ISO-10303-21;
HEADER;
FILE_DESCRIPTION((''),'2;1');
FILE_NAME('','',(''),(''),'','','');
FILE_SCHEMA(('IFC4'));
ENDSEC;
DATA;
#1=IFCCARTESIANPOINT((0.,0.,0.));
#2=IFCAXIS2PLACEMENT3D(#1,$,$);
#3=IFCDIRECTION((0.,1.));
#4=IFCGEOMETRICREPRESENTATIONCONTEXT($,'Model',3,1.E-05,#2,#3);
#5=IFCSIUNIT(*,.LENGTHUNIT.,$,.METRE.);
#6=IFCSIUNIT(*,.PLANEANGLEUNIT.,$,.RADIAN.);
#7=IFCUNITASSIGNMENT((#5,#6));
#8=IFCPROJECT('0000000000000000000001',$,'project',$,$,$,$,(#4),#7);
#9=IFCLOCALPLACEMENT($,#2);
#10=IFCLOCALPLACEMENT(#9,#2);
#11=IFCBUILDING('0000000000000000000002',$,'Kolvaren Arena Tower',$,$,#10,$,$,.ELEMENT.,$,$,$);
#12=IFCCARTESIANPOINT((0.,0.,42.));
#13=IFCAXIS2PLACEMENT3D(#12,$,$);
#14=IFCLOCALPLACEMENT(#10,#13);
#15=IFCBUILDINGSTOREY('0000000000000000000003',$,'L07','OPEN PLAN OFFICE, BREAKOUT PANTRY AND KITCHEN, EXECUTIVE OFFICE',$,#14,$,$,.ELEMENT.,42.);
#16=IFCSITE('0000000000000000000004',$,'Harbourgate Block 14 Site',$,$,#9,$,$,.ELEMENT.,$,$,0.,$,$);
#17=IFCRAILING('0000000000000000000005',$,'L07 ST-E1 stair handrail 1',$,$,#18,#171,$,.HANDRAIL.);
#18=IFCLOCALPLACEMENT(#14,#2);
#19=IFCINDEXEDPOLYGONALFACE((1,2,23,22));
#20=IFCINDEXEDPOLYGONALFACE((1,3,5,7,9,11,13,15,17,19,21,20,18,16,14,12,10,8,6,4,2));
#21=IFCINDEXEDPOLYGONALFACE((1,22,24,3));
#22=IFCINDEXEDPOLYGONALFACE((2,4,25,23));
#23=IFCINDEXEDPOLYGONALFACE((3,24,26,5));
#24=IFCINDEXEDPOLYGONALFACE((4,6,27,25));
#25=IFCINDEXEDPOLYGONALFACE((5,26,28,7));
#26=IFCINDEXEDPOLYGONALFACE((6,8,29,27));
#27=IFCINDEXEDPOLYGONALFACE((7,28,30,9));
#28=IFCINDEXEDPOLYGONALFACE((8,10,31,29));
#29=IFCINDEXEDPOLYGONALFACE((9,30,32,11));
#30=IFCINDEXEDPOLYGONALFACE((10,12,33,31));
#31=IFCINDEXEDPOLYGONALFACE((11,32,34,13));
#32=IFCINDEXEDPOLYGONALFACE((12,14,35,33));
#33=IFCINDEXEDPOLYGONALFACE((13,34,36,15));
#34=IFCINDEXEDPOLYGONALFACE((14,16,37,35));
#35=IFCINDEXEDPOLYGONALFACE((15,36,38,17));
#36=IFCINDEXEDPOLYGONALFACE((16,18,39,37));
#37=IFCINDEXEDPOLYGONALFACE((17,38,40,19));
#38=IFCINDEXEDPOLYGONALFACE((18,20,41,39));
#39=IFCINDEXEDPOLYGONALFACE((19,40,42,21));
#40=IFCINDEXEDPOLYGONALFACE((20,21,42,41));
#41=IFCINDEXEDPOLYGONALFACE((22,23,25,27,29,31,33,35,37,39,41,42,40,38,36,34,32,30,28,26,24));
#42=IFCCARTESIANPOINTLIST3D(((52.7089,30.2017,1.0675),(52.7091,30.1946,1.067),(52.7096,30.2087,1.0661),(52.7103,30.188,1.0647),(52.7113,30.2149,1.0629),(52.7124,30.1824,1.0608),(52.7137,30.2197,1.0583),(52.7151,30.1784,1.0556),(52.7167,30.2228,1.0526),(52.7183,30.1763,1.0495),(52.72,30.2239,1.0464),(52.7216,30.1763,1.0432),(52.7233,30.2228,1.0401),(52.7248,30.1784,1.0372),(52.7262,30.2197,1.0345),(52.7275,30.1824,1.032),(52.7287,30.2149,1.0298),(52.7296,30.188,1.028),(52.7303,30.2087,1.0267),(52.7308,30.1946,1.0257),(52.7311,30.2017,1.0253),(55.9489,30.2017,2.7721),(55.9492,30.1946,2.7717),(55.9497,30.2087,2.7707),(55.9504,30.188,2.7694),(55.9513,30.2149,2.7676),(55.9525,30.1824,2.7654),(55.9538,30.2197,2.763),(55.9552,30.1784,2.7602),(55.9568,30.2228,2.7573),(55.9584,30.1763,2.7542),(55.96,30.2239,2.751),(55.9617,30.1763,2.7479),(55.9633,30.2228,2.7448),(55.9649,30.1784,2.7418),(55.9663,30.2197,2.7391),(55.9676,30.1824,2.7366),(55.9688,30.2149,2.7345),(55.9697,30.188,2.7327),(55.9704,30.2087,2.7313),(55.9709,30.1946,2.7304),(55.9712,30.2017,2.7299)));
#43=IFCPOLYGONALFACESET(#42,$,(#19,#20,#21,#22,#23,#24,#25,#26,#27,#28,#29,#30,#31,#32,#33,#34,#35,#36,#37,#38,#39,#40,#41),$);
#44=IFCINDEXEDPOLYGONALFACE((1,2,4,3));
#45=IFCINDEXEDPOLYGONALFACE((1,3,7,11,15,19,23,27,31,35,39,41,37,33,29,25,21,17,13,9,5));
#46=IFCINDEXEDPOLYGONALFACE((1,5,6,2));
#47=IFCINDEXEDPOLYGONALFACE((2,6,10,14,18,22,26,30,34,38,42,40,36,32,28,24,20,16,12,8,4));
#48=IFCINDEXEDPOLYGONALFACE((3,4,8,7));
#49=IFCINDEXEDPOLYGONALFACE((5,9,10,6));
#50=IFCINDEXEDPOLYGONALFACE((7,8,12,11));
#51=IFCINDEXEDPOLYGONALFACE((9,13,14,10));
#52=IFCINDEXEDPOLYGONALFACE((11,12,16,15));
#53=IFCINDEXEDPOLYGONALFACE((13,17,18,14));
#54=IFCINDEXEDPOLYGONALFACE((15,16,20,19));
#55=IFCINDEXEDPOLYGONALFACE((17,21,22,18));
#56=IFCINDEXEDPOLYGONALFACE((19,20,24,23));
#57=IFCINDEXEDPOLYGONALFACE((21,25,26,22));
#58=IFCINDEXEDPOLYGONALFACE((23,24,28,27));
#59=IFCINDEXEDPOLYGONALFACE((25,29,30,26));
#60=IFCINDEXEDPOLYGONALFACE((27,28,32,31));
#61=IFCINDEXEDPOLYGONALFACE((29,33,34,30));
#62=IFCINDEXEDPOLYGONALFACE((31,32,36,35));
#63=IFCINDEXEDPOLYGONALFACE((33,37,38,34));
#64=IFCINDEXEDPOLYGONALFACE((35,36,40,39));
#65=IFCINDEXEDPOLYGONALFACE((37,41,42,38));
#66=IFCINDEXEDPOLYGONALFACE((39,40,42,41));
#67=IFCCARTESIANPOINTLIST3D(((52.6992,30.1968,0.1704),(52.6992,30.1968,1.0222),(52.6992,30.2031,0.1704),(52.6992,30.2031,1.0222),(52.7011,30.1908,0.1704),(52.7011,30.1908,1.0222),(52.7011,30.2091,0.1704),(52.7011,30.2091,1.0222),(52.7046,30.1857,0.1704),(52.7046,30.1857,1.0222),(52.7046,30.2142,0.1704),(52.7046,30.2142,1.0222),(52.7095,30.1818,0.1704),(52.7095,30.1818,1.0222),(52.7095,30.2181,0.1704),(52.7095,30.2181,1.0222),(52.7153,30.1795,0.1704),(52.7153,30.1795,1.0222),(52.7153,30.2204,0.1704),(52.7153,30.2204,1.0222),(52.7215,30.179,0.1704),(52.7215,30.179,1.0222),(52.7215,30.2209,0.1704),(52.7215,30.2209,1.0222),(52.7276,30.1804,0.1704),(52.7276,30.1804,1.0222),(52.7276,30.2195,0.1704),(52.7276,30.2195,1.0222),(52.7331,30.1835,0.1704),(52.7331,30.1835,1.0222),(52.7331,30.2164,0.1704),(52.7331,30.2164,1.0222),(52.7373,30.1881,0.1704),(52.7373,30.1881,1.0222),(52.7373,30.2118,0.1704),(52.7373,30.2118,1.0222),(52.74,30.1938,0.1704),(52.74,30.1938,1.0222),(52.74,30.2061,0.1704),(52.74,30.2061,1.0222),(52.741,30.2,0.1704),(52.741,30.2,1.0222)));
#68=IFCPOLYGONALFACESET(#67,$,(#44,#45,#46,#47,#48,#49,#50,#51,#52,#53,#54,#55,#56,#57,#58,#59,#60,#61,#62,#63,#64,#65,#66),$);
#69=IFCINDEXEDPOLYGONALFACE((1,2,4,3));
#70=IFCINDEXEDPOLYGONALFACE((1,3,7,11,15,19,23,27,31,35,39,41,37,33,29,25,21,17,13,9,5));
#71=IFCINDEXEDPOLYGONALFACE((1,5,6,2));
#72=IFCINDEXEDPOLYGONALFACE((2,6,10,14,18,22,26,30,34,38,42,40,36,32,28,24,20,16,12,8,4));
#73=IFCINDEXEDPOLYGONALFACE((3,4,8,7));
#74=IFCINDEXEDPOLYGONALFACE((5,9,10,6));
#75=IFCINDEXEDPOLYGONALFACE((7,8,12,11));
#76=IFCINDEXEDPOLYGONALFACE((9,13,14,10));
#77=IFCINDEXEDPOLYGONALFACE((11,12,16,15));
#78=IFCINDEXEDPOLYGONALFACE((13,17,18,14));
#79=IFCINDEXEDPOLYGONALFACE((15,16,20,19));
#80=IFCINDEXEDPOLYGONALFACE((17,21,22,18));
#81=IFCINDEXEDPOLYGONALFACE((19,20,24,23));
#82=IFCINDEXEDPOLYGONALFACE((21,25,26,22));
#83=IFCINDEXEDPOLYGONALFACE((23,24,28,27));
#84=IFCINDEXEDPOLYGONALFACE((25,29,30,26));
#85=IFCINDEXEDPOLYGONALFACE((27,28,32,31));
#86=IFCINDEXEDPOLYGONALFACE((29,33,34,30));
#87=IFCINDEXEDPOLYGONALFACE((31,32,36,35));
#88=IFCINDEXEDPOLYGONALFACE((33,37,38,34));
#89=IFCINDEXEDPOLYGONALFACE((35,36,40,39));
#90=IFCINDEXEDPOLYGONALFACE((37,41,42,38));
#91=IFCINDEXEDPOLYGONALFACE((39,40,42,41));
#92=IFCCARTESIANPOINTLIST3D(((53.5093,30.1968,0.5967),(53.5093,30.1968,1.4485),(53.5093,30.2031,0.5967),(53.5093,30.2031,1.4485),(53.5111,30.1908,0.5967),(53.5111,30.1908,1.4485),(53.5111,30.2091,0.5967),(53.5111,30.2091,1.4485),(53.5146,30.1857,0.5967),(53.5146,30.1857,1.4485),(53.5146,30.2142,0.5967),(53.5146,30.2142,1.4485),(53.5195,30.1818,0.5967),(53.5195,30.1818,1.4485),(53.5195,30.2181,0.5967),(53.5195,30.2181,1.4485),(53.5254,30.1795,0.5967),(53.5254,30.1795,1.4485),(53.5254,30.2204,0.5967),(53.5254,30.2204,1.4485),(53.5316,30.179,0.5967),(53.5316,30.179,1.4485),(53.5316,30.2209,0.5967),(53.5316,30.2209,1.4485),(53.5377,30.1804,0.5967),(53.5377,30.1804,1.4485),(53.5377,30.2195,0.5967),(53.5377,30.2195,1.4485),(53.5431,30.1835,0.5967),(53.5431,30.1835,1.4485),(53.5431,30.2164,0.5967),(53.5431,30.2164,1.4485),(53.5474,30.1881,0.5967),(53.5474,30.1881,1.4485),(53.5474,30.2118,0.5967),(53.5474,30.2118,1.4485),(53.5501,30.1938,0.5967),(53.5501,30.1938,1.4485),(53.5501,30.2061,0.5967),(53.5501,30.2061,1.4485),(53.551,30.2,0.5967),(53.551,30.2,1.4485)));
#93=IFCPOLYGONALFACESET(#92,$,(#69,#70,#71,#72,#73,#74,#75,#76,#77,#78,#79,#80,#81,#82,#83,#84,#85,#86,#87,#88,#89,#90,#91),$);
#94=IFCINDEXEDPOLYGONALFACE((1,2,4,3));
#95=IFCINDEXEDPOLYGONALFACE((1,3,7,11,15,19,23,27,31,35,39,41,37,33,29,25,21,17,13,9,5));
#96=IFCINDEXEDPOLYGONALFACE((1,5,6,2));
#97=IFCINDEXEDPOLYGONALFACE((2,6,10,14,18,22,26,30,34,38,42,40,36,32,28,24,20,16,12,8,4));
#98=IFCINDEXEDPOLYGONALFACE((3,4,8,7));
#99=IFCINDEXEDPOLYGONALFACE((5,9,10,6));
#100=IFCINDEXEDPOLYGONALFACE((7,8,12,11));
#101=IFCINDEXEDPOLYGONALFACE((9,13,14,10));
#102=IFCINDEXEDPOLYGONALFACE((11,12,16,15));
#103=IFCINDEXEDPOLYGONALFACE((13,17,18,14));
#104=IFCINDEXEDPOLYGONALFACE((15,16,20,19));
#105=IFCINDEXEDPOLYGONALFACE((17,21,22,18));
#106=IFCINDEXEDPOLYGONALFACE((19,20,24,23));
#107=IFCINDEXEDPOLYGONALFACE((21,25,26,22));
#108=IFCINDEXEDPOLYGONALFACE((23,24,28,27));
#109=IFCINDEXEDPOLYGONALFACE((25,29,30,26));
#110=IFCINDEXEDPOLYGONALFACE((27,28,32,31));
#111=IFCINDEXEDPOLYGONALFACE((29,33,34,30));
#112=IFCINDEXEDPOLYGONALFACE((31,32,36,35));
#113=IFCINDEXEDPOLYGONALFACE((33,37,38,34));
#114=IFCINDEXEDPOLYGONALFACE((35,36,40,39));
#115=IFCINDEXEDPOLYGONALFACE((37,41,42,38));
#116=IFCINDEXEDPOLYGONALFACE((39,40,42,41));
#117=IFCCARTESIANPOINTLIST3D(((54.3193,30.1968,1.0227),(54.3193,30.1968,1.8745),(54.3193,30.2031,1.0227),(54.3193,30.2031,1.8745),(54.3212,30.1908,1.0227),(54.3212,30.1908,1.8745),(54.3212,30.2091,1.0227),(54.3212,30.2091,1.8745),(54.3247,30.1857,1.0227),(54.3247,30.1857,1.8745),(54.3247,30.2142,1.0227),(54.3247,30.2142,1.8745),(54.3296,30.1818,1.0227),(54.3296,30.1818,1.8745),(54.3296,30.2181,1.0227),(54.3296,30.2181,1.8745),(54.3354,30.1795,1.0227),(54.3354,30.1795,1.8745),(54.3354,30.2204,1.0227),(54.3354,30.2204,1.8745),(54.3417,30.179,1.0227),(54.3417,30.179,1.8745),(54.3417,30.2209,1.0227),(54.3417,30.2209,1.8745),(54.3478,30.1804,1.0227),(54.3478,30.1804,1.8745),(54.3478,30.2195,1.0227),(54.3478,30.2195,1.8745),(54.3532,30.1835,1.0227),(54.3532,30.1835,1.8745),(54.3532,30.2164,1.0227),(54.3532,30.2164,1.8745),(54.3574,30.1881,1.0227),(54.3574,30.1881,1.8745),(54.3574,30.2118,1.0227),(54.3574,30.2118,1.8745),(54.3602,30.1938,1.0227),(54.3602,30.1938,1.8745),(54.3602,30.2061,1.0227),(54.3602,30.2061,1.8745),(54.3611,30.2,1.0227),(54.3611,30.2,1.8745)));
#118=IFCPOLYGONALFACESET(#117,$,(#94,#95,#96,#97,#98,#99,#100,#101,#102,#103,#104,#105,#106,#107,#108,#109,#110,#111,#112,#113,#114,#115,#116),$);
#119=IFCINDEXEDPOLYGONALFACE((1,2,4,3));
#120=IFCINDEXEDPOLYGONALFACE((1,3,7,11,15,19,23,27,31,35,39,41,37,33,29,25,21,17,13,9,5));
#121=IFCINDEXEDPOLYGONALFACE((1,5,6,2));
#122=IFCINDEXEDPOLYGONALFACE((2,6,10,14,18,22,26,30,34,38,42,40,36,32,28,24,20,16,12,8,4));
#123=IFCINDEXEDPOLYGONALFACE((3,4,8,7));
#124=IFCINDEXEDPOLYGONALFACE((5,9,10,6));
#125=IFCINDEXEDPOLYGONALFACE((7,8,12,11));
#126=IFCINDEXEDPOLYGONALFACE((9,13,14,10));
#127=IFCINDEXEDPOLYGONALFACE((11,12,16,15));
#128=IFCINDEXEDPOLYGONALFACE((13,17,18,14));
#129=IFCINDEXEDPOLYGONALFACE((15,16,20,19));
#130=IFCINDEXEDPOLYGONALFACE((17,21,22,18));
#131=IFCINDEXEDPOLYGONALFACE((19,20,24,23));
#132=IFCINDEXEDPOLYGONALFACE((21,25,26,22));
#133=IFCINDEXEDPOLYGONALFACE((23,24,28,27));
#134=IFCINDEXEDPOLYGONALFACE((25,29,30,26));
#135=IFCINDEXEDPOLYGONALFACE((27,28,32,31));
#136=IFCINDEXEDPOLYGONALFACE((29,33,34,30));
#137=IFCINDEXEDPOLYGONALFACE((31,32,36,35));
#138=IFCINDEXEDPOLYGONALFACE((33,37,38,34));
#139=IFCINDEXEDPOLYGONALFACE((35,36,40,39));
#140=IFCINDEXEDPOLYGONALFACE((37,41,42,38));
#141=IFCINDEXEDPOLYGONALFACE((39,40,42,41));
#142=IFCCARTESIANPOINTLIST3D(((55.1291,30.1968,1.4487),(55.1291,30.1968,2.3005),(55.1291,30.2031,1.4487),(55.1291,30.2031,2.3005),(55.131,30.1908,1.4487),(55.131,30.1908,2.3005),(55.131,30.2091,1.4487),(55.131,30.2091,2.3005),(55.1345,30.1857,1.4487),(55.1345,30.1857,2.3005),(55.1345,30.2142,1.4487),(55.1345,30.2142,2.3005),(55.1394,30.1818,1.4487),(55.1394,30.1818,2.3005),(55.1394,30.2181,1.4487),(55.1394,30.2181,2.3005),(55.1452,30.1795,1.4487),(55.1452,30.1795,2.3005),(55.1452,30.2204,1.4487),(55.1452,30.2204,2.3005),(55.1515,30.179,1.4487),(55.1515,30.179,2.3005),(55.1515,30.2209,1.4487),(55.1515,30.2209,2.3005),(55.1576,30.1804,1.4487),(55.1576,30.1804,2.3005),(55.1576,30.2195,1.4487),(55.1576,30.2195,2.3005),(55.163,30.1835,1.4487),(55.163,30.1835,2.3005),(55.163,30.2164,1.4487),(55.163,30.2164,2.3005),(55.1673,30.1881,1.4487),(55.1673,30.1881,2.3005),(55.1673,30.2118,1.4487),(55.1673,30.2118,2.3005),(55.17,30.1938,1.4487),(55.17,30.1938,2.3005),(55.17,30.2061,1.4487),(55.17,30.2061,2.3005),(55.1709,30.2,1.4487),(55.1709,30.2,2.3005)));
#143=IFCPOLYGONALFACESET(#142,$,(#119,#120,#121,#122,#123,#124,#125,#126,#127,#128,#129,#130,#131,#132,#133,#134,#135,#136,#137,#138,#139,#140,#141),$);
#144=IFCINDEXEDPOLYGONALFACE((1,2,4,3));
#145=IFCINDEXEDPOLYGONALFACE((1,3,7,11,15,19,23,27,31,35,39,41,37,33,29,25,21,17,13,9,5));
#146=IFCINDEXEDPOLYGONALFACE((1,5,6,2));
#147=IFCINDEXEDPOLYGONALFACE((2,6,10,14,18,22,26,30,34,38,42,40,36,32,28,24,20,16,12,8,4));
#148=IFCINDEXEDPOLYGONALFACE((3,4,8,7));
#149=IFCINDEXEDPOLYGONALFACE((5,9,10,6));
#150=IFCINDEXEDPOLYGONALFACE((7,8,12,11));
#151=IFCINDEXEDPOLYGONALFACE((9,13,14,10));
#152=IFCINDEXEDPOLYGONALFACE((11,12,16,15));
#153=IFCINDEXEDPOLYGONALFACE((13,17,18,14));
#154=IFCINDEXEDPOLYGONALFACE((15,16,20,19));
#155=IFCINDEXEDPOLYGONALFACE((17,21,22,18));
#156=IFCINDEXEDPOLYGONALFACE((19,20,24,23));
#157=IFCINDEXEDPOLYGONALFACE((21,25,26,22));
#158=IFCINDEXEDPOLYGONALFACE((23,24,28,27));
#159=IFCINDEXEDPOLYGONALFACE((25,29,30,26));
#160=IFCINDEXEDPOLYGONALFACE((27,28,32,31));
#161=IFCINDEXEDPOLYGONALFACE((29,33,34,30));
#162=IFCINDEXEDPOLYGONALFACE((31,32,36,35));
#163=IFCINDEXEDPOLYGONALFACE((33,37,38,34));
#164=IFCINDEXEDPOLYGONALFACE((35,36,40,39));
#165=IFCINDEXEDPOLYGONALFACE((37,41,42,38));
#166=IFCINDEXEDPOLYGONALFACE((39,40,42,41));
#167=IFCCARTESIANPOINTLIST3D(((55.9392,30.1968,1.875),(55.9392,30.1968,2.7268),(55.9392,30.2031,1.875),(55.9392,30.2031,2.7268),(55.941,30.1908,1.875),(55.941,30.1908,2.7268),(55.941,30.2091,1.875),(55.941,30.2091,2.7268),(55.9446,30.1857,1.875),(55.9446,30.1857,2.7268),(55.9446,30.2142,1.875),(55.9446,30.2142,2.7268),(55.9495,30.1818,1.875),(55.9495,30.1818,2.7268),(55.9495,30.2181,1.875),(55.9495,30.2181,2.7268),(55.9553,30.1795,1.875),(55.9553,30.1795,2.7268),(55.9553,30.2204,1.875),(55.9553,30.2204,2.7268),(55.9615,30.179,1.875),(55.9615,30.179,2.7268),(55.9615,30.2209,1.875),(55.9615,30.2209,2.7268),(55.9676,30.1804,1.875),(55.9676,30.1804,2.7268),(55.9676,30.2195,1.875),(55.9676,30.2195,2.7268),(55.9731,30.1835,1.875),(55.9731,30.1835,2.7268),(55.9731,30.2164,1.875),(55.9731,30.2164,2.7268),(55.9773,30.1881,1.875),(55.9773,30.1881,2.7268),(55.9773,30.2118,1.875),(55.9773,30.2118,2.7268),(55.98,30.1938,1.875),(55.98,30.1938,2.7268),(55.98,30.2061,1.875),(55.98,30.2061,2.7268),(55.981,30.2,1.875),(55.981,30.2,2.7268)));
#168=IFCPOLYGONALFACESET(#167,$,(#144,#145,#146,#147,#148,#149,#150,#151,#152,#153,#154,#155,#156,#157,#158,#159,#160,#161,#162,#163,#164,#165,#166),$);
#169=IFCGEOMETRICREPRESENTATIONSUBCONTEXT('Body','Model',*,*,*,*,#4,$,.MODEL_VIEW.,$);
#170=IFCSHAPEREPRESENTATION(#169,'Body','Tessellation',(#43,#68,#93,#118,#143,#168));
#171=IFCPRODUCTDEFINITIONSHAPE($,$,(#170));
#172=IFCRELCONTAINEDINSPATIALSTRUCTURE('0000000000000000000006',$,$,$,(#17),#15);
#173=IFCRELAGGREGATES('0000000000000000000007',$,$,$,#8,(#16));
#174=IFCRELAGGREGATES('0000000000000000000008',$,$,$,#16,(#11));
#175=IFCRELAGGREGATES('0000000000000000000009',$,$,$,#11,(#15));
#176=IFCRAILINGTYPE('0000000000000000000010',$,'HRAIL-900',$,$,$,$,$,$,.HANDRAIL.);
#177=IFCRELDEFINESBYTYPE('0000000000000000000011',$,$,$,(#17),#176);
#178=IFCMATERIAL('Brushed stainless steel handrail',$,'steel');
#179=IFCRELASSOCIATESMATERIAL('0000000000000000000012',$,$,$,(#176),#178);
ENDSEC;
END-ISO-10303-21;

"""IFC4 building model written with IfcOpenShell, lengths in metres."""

from ifc_helpers import new_model, si_unit, direction, frame, origin, origin_2d, place, context, subcontext, project, spatial, circle, extrude, material, type_object, element, save


model = new_model("IFC4")

# Units and contexts
model_context = context("Model", 3, precision=1e-05, world=origin(), true_north=direction((0.0, 1.0)))
body_context = subcontext(model_context, "Body", "Model", "MODEL_VIEW")
ifc_project = project(units=[si_unit("LENGTHUNIT", "METRE"), si_unit("PLANEANGLEUNIT", "RADIAN")], contexts=[model_context])

# Site, building, storey
site_placement = place(None, origin())
site = spatial("IfcSite", under=ifc_project, at=site_placement, Name="Harbourgate Block 14 Site", CompositionType="ELEMENT", RefElevation=0.0)
building_placement = place(site_placement, origin())
building = spatial("IfcBuilding", under=site, at=building_placement, Name="Kolvaren Arena Tower", CompositionType="ELEMENT")
storey_placement = place(building_placement, frame((0.0, 0.0, 42.0)))
storey = spatial("IfcBuildingStorey", under=building, at=storey_placement, Name="L07", Description="OPEN PLAN OFFICE, BREAKOUT PANTRY AND KITCHEN, EXECUTIVE OFFICE", CompositionType="ELEMENT", Elevation=42.0)

# Railing
ifc_material_1 = material(Name="Brushed stainless steel handrail", Category="steel")
railing_type_1 = type_object("IfcRailingType", Name="HRAIL-900", PredefinedType="HANDRAIL", material=ifc_material_1)
for number, where, name in (
    (1, (52.72, 30.2, 0.1704), "L07 ST-E1 stair handrail 1"),
):
    element("IfcRailing", number, at=place(storey_placement, frame(where)), inside=storey, type_object=railing_type_1, Name=name, PredefinedType="HANDRAIL", context=body_context, shape_type="SweptSolid", body=[
        extrude(circle(Radius=0.0239, at=origin_2d()), frame((0.0, 0.0, 0.876), z_axis=(0.884993, 0.0, 0.465604), x_axis=(0.0, 1.0, 0.0)), (0.0, 0.0, 1.0), 3.6611),
        extrude(circle(Radius=0.021, at=origin_2d()), origin(), (0.0, 0.0, 1.0), 0.8518),
        extrude(circle(Radius=0.021, at=origin_2d()), frame((0.8101, 0.0, 0.4263)), (0.0, 0.0, 1.0), 0.8518),
        extrude(circle(Radius=0.021, at=origin_2d()), frame((1.6201, 0.0, 0.8523)), (0.0, 0.0, 1.0), 0.8518),
        extrude(circle(Radius=0.021, at=origin_2d()), frame((2.4299, 0.0, 1.2783)), (0.0, 0.0, 1.0), 0.8518),
        extrude(circle(Radius=0.021, at=origin_2d()), frame((3.24, 0.0, 1.7046)), (0.0, 0.0, 1.0), 0.8518),
    ])

save(model, "model.ifc")
